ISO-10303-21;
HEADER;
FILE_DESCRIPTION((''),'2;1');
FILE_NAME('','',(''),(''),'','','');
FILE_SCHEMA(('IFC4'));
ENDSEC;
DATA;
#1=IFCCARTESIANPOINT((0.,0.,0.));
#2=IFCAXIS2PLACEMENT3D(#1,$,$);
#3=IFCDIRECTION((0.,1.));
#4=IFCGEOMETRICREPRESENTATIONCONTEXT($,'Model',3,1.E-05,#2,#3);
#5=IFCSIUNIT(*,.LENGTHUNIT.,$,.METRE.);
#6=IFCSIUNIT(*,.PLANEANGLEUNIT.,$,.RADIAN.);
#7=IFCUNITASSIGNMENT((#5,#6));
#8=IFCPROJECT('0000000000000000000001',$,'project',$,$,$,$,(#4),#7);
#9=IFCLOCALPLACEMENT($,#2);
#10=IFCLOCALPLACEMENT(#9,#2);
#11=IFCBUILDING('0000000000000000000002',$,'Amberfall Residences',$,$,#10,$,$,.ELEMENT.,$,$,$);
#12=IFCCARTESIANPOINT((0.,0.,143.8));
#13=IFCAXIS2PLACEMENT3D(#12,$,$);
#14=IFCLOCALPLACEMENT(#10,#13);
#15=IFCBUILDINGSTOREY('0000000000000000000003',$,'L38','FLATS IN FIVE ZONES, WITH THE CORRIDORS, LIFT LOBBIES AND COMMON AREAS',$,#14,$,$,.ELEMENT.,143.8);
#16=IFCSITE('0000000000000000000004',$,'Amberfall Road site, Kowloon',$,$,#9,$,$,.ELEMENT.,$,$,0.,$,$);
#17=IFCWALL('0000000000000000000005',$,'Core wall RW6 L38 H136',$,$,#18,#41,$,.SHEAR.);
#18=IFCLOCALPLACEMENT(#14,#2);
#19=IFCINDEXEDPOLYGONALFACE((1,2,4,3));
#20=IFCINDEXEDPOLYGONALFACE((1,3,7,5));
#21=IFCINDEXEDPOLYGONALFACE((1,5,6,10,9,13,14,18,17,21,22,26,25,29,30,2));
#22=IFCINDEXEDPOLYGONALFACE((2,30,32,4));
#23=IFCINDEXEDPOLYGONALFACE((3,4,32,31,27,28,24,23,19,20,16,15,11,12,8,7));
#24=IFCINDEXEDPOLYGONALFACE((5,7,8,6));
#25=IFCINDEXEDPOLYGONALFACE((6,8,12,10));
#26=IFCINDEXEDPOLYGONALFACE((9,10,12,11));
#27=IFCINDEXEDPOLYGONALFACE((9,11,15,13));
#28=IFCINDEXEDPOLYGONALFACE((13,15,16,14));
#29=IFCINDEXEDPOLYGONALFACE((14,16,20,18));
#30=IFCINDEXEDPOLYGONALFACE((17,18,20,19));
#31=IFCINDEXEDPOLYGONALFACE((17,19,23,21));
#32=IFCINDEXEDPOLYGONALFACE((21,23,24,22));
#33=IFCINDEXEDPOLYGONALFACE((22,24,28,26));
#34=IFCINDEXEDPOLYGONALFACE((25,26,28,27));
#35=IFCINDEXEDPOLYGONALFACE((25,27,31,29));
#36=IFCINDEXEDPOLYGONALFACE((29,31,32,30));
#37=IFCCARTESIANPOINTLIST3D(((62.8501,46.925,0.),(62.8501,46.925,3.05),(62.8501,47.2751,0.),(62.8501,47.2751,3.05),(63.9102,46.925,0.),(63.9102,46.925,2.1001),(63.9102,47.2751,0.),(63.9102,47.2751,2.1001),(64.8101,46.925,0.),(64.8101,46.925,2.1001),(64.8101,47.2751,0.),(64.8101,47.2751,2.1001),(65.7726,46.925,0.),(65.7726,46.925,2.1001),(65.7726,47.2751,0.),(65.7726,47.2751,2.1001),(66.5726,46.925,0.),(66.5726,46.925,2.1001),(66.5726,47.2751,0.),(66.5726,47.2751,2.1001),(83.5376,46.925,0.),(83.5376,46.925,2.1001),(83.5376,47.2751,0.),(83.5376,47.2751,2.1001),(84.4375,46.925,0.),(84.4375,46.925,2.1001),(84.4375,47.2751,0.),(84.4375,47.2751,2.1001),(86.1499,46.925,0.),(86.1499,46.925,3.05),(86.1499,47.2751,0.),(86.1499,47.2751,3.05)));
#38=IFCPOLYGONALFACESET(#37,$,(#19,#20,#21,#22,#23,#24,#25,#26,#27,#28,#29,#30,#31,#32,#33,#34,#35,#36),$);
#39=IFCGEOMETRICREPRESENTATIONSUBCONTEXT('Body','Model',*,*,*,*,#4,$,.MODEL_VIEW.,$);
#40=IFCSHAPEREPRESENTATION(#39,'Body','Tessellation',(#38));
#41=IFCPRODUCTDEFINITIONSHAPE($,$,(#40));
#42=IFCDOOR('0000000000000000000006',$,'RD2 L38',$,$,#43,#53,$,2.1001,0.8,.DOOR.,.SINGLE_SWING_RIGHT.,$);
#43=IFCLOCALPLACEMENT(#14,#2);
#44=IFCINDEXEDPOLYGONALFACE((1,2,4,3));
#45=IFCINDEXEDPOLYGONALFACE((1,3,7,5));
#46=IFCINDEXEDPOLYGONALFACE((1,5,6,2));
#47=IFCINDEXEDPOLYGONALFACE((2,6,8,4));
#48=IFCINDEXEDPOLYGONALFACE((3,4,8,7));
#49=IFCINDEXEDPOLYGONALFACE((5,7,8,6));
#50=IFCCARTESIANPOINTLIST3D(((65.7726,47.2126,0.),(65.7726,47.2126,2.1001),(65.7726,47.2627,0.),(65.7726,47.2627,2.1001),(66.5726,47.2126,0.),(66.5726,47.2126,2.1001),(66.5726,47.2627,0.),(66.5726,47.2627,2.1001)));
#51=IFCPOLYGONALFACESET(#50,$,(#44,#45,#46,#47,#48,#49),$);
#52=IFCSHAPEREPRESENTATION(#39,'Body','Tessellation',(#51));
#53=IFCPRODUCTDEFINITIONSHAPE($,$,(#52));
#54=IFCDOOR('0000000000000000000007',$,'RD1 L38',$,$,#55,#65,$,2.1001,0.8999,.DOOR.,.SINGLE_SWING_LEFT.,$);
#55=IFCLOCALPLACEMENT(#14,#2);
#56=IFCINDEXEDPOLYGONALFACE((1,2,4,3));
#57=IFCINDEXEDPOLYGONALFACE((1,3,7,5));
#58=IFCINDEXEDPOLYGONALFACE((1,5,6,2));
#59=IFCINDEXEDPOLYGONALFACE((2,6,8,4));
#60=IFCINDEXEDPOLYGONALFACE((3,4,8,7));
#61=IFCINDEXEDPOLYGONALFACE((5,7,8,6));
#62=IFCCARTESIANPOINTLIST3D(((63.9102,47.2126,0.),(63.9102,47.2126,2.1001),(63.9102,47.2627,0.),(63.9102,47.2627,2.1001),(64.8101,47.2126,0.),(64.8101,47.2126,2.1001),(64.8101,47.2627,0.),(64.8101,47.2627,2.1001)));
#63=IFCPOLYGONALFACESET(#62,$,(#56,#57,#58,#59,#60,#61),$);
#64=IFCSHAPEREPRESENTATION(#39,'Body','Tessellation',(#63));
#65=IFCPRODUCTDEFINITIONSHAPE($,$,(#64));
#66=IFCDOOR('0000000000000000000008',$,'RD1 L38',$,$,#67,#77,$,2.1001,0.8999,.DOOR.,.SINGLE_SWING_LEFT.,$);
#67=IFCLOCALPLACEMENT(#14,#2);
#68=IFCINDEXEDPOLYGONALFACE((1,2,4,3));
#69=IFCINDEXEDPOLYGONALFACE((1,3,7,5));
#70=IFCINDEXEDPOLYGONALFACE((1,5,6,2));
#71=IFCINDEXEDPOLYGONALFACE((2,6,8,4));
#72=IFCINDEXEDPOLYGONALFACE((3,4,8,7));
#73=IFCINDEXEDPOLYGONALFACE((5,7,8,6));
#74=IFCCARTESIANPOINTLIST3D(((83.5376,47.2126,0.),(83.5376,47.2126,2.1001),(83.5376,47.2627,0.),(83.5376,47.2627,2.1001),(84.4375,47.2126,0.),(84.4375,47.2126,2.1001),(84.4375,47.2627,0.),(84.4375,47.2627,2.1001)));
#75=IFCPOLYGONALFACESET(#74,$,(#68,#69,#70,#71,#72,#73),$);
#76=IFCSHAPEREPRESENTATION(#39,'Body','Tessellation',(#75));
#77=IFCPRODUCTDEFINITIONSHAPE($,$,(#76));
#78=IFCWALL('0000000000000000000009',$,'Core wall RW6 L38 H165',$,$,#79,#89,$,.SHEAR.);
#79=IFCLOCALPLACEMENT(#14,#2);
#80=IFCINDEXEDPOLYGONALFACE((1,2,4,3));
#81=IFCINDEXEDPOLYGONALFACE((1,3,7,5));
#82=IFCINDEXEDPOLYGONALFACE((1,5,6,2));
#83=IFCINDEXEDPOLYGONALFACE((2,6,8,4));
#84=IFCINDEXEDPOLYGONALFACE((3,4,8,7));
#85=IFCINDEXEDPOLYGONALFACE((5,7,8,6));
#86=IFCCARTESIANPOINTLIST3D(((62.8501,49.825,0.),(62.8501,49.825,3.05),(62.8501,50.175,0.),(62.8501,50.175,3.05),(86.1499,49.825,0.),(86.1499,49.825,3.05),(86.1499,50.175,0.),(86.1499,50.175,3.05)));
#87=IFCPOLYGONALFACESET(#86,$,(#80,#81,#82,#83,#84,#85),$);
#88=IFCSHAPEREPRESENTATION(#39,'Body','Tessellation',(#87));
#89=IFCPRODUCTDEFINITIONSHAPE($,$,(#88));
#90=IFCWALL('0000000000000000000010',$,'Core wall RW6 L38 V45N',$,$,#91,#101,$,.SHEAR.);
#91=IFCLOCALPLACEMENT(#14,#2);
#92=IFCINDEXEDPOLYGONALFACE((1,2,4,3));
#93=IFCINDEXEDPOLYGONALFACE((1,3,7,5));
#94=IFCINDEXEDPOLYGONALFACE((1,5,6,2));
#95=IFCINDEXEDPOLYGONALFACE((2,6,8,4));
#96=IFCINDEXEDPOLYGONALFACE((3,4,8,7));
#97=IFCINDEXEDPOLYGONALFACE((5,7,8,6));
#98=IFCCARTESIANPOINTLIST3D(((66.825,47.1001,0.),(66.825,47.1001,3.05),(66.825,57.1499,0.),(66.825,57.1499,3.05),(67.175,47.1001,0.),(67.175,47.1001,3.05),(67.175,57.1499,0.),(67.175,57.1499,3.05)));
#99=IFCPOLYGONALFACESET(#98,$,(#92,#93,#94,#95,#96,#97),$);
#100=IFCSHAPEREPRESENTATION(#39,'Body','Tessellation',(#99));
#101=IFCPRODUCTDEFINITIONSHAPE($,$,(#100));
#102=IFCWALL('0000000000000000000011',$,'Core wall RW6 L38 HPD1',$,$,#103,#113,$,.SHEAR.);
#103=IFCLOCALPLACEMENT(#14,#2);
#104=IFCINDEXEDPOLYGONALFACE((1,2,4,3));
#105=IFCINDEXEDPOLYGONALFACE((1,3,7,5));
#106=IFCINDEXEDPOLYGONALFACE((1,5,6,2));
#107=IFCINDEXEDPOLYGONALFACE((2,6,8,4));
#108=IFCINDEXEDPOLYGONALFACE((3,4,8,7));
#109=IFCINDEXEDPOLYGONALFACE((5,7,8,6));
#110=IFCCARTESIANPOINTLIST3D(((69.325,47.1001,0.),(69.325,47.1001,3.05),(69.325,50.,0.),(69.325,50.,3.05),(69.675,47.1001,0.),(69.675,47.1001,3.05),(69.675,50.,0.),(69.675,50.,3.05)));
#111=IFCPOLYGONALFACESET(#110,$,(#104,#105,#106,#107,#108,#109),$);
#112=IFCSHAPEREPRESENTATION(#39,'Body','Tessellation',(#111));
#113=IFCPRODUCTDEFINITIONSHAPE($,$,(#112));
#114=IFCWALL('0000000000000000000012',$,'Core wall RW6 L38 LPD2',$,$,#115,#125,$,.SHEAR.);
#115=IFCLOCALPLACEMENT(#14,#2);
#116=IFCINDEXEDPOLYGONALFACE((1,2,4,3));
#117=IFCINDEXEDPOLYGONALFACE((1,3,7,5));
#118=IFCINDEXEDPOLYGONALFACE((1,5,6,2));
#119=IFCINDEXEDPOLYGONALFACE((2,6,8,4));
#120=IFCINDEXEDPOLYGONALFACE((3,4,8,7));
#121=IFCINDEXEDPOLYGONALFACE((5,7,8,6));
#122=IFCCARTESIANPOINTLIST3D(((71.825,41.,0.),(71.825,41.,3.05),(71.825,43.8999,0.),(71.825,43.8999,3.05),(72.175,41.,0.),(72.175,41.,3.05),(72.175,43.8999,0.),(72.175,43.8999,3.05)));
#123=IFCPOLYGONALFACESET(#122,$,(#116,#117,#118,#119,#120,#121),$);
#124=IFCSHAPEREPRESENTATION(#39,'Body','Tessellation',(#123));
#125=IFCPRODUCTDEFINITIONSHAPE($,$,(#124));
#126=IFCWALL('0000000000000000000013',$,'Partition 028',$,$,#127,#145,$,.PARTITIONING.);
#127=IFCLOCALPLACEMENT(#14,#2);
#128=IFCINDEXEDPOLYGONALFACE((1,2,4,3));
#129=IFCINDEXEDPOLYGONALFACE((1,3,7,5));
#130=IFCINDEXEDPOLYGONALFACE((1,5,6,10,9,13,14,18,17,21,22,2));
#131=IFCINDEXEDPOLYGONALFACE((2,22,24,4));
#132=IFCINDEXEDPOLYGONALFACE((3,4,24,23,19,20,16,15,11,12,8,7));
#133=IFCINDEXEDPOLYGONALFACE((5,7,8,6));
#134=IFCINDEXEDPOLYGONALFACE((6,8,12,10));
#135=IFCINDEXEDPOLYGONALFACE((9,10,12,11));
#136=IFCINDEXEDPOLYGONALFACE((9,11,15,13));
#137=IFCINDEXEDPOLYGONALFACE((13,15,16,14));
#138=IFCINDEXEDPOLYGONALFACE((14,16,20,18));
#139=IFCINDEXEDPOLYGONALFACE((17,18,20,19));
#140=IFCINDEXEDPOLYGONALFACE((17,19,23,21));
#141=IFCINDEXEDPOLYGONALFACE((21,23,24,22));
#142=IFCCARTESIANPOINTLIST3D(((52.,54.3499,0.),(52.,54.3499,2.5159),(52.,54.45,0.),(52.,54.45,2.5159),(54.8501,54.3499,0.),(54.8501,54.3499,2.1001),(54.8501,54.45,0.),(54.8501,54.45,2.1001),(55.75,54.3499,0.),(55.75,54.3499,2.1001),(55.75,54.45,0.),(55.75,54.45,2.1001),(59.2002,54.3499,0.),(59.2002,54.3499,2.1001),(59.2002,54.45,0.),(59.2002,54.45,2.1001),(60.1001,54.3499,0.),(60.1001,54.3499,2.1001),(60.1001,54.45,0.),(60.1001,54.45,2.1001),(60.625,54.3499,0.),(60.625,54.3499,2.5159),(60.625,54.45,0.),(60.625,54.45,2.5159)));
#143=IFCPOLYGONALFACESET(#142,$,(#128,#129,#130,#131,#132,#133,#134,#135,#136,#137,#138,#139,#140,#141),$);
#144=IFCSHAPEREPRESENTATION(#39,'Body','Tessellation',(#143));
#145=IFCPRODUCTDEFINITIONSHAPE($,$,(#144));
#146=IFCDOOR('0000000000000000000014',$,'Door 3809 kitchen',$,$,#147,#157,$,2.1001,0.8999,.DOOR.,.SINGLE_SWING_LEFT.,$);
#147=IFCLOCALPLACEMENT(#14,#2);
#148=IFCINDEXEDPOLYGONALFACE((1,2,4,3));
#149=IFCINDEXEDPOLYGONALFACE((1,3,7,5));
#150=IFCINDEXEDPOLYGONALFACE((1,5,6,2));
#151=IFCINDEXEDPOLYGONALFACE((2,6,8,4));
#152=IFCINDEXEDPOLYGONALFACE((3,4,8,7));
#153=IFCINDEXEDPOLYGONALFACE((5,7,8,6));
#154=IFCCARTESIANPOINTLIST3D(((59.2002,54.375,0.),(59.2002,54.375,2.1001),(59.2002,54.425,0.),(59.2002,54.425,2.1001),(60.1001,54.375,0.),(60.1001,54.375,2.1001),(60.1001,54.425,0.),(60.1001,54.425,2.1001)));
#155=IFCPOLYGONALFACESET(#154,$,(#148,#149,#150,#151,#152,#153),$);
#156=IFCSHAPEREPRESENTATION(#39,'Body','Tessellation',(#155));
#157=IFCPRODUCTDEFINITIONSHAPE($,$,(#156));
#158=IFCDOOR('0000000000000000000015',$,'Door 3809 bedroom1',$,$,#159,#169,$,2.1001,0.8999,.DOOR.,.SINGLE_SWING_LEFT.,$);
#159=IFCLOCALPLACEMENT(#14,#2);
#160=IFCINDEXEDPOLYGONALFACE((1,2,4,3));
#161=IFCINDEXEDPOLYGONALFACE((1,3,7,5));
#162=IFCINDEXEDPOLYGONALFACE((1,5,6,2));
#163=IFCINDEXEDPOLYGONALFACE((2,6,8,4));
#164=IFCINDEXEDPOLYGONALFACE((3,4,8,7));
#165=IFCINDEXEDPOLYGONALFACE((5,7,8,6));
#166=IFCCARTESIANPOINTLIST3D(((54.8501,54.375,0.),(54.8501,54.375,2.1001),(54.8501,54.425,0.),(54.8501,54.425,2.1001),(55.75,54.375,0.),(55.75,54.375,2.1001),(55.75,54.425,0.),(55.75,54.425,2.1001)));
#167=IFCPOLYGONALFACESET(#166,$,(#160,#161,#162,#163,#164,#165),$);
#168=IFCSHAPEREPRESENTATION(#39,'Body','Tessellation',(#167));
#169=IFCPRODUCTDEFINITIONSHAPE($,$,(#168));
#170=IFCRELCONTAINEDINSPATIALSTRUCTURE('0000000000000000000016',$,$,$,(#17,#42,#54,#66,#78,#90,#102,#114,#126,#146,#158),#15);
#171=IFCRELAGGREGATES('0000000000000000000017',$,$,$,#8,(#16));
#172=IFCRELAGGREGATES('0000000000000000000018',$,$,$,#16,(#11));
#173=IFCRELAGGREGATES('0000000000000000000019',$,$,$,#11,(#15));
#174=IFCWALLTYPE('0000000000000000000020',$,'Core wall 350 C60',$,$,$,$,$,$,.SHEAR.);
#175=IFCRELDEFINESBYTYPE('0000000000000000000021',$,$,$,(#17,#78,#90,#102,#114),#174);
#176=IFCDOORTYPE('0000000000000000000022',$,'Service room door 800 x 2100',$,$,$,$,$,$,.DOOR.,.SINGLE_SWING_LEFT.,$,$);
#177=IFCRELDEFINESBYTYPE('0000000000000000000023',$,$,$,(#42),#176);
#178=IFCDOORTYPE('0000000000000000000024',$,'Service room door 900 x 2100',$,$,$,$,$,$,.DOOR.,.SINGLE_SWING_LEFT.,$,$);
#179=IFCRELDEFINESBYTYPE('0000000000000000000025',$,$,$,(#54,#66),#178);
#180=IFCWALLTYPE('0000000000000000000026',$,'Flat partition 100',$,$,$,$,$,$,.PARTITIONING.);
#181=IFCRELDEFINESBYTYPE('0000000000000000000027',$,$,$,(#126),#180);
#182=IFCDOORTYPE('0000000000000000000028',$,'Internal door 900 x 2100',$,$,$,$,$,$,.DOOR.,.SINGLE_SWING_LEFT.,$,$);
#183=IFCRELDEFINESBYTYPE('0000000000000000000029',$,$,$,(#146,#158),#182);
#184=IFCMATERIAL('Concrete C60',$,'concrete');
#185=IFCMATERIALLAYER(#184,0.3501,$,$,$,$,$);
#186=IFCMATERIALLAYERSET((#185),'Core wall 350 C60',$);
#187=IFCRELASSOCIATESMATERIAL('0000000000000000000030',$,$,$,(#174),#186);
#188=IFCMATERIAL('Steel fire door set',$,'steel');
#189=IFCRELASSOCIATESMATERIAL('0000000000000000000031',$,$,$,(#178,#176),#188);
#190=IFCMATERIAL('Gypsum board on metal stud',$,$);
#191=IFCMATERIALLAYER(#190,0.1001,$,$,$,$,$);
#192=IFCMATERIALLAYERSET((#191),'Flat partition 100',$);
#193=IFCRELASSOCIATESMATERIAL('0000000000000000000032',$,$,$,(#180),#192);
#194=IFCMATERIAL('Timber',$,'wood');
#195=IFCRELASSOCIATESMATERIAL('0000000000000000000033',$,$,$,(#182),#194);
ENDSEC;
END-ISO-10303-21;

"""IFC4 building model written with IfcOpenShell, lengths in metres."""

from ifc_helpers import new_model, si_unit, direction, frame, frame_2d, origin, place, context, subcontext, project, spatial, rectangle, extrude, material, layer, layer_set, type_object, element, fill, save


model = new_model("IFC4")

# Units and contexts
model_context = context("Model", 3, precision=1e-05, world=origin(), true_north=direction((0.0, 1.0)))
body_context = subcontext(model_context, "Body", "Model", "MODEL_VIEW")
ifc_project = project(units=[si_unit("LENGTHUNIT", "METRE"), si_unit("PLANEANGLEUNIT", "RADIAN")], contexts=[model_context])

# Site, building, storey
site_placement = place(None, origin())
site = spatial("IfcSite", under=ifc_project, at=site_placement, Name="Amberfall Road site, Kowloon", CompositionType="ELEMENT", RefElevation=0.0)
building_placement = place(site_placement, origin())
building = spatial("IfcBuilding", under=site, at=building_placement, Name="Amberfall Residences", CompositionType="ELEMENT")
storey_placement = place(building_placement, frame((0.0, 0.0, 143.8)))
storey = spatial("IfcBuildingStorey", under=building, at=storey_placement, Name="L38", Description="FLATS IN FIVE ZONES, WITH THE CORRIDORS, LIFT LOBBIES AND COMMON AREAS", CompositionType="ELEMENT", Elevation=143.8)

# Wall, openings, doors
ifc_material_1 = material(Name="Concrete C60", Category="concrete")
ifc_layer_1 = layer(ifc_material_1, 0.3501)
ifc_layer_set_1 = layer_set([ifc_layer_1], Name="Core wall 350 C60")
wall_type_1 = type_object("IfcWallType", Name="Core wall 350 C60", PredefinedType="SHEAR", material=ifc_layer_set_1)
ifc_material_2 = material(Name="Steel fire door set", Category="steel")
door_type_1 = type_object("IfcDoorType", Name="Service room door 900 x 2100", OperationType="SINGLE_SWING_LEFT", PredefinedType="DOOR", material=ifc_material_2)
wall_1_placement = place(storey_placement, frame((62.8501, 47.1001, 0.0), z_axis=(0.0, 0.0, 1.0), x_axis=(1.0, 0.0, 0.0)))
wall_1 = element("IfcWall", 1, at=wall_1_placement, inside=storey, type_object=wall_type_1, Name="Core wall RW6 L38 H136", PredefinedType="SHEAR", context=body_context, shape_type="SweptSolid", body=[
    extrude(rectangle(XDim=23.2998, YDim=0.3501, at=frame_2d((11.6499, 0.0))), origin(), (0.0, 0.0, 1.0), 3.05),
])
opening_1_placement = place(wall_1_placement, frame((1.0601, 0.0, 0.0)))
opening_1 = element("IfcOpeningElement", 2, at=opening_1_placement, cuts=wall_1, PredefinedType="OPENING", context=body_context, shape_type="SweptSolid", body=[
    extrude(rectangle(XDim=0.8999, YDim=2.1001, at=frame_2d((0.45, 1.05))), frame((0.0, 0.1851, 0.0), z_axis=(0.0, -1.0, 0.0), x_axis=(1.0, 0.0, 0.0)), (0.0, 0.0, 1.0), 0.3701),
])
opening_2_placement = place(wall_1_placement, frame((2.9226, 0.0, 0.0)))
opening_2 = element("IfcOpeningElement", 3, at=opening_2_placement, cuts=wall_1, PredefinedType="OPENING", context=body_context, shape_type="SweptSolid", body=[
    extrude(rectangle(XDim=0.8, YDim=2.1001, at=frame_2d((0.3999, 1.05))), frame((0.0, 0.1851, 0.0), z_axis=(0.0, -1.0, 0.0), x_axis=(1.0, 0.0, 0.0)), (0.0, 0.0, 1.0), 0.3701),
])
opening_3_placement = place(wall_1_placement, frame((20.6875, 0.0, 0.0)))
opening_3 = element("IfcOpeningElement", 4, at=opening_3_placement, cuts=wall_1, PredefinedType="OPENING", context=body_context, shape_type="SweptSolid", body=[
    extrude(rectangle(XDim=0.8999, YDim=2.1001, at=frame_2d((0.45, 1.05))), frame((0.0, 0.1851, 0.0), z_axis=(0.0, -1.0, 0.0), x_axis=(1.0, 0.0, 0.0)), (0.0, 0.0, 1.0), 0.3701),
])
door_type_2 = type_object("IfcDoorType", Name="Service room door 800 x 2100", OperationType="SINGLE_SWING_LEFT", PredefinedType="DOOR", material=ifc_material_2)
door_1_placement = place(opening_2_placement, origin())
door_1 = element("IfcDoor", 5, at=door_1_placement, inside=storey, type_object=door_type_2, Name="RD2 L38", OperationType="SINGLE_SWING_RIGHT", OverallHeight=2.1001, OverallWidth=0.8, PredefinedType="DOOR", context=body_context, shape_type="SweptSolid", body=[
    extrude(rectangle(XDim=0.8, YDim=2.1001, at=frame_2d((0.3999, 1.05))), frame((0.0, 0.1626, 0.0), z_axis=(0.0, -1.0, 0.0), x_axis=(1.0, 0.0, 0.0)), (0.0, 0.0, 1.0), 0.05),
])
fill(opening_2, door_1)
door_2_placement = place(opening_1_placement, origin())
door_2 = element("IfcDoor", 6, at=door_2_placement, inside=storey, type_object=door_type_1, Name="RD1 L38", OperationType="SINGLE_SWING_LEFT", OverallHeight=2.1001, OverallWidth=0.8999, PredefinedType="DOOR", context=body_context, shape_type="SweptSolid", body=[
    extrude(rectangle(XDim=0.8999, YDim=2.1001, at=frame_2d((0.45, 1.05))), frame((0.0, 0.1626, 0.0), z_axis=(0.0, -1.0, 0.0), x_axis=(1.0, 0.0, 0.0)), (0.0, 0.0, 1.0), 0.05),
])
fill(opening_1, door_2)
door_3_placement = place(opening_3_placement, origin())
door_3 = element("IfcDoor", 7, at=door_3_placement, inside=storey, type_object=door_type_1, Name="RD1 L38", OperationType="SINGLE_SWING_LEFT", OverallHeight=2.1001, OverallWidth=0.8999, PredefinedType="DOOR", context=body_context, shape_type="SweptSolid", body=[
    extrude(rectangle(XDim=0.8999, YDim=2.1001, at=frame_2d((0.45, 1.05))), frame((0.0, 0.1626, 0.0), z_axis=(0.0, -1.0, 0.0), x_axis=(1.0, 0.0, 0.0)), (0.0, 0.0, 1.0), 0.05),
])
fill(opening_3, door_3)

# Walls
wall_2_placement = place(storey_placement, frame((62.8501, 50.0, 0.0), z_axis=(0.0, 0.0, 1.0), x_axis=(1.0, 0.0, 0.0)))
element("IfcWall", 8, at=wall_2_placement, inside=storey, type_object=wall_type_1, Name="Core wall RW6 L38 H165", PredefinedType="SHEAR", context=body_context, shape_type="SweptSolid", body=[
    extrude(rectangle(XDim=23.2998, YDim=0.3501, at=frame_2d((11.6499, 0.0))), origin(), (0.0, 0.0, 1.0), 3.05),
])
wall_3_placement = place(storey_placement, frame((67.0, 47.1001, 0.0), z_axis=(0.0, 0.0, 1.0), x_axis=(0.0, 1.0, 0.0)))
element("IfcWall", 9, at=wall_3_placement, inside=storey, type_object=wall_type_1, Name="Core wall RW6 L38 V45N", PredefinedType="SHEAR", context=body_context, shape_type="SweptSolid", body=[
    extrude(rectangle(XDim=10.0498, YDim=0.3501, at=frame_2d((5.0249, 0.0))), origin(), (0.0, 0.0, 1.0), 3.05),
])
for number, where, z_axis, x_axis, name in (
    (10, (69.5, 47.1001, 0.0), (0.0, 0.0, 1.0), (0.0, 1.0, 0.0), "Core wall RW6 L38 HPD1"),
    (11, (72.0, 41.0, 0.0), (0.0, 0.0, 1.0), (0.0, 1.0, 0.0), "Core wall RW6 L38 LPD2"),
):
    element("IfcWall", number, at=place(storey_placement, frame(where, z_axis=z_axis, x_axis=x_axis)), inside=storey, type_object=wall_type_1, Name=name, PredefinedType="SHEAR", context=body_context, shape_type="SweptSolid", body=[
        extrude(rectangle(XDim=2.8999, YDim=0.3501, at=frame_2d((1.45, 0.0))), origin(), (0.0, 0.0, 1.0), 3.05),
    ])

# Wall, openings, doors
ifc_material_3 = material(Name="Gypsum board on metal stud")
ifc_layer_2 = layer(ifc_material_3, 0.1001)
ifc_layer_set_2 = layer_set([ifc_layer_2], Name="Flat partition 100")
wall_type_2 = type_object("IfcWallType", Name="Flat partition 100", PredefinedType="PARTITIONING", material=ifc_layer_set_2)
wall_4_placement = place(storey_placement, frame((60.625, 54.3999, 0.0), z_axis=(0.0, 0.0, 1.0), x_axis=(-1.0, 0.0, 0.0)))
wall_4 = element("IfcWall", 12, at=wall_4_placement, inside=storey, type_object=wall_type_2, Name="Partition 028", PredefinedType="PARTITIONING", context=body_context, shape_type="SweptSolid", body=[
    extrude(rectangle(XDim=8.625, YDim=0.1001, at=frame_2d((4.3125, 0.0))), origin(), (0.0, 0.0, 1.0), 2.5159),
])
opening_4_placement = place(wall_4_placement, frame((0.5249, 0.0, 0.0)))
opening_4 = element("IfcOpeningElement", 13, at=opening_4_placement, cuts=wall_4, PredefinedType="OPENING", context=body_context, shape_type="SweptSolid", body=[
    extrude(rectangle(XDim=0.8999, YDim=2.1001, at=frame_2d((0.45, 1.05))), frame((0.0, 0.0601, 0.0), z_axis=(0.0, -1.0, 0.0), x_axis=(1.0, 0.0, 0.0)), (0.0, 0.0, 1.0), 0.1201),
])
opening_5_placement = place(wall_4_placement, frame((4.875, 0.0, 0.0)))
opening_5 = element("IfcOpeningElement", 14, at=opening_5_placement, cuts=wall_4, PredefinedType="OPENING", context=body_context, shape_type="SweptSolid", body=[
    extrude(rectangle(XDim=0.8999, YDim=2.1001, at=frame_2d((0.45, 1.05))), frame((0.0, 0.0601, 0.0), z_axis=(0.0, -1.0, 0.0), x_axis=(1.0, 0.0, 0.0)), (0.0, 0.0, 1.0), 0.1201),
])
ifc_material_4 = material(Name="Timber", Category="wood")
door_type_3 = type_object("IfcDoorType", Name="Internal door 900 x 2100", OperationType="SINGLE_SWING_LEFT", PredefinedType="DOOR", material=ifc_material_4)
door_4_placement = place(opening_4_placement, origin())
door_4 = element("IfcDoor", 15, at=door_4_placement, inside=storey, type_object=door_type_3, Name="Door 3809 kitchen", OperationType="SINGLE_SWING_LEFT", OverallHeight=2.1001, OverallWidth=0.8999, PredefinedType="DOOR", context=body_context, shape_type="SweptSolid", body=[
    extrude(rectangle(XDim=0.8999, YDim=2.1001, at=frame_2d((0.45, 1.05))), frame((0.0, 0.0249, 0.0), z_axis=(0.0, -1.0, 0.0), x_axis=(1.0, 0.0, 0.0)), (0.0, 0.0, 1.0), 0.05),
])
fill(opening_4, door_4)
door_5_placement = place(opening_5_placement, origin())
door_5 = element("IfcDoor", 16, at=door_5_placement, inside=storey, type_object=door_type_3, Name="Door 3809 bedroom1", OperationType="SINGLE_SWING_LEFT", OverallHeight=2.1001, OverallWidth=0.8999, PredefinedType="DOOR", context=body_context, shape_type="SweptSolid", body=[
    extrude(rectangle(XDim=0.8999, YDim=2.1001, at=frame_2d((0.45, 1.05))), frame((0.0, 0.0249, 0.0), z_axis=(0.0, -1.0, 0.0), x_axis=(1.0, 0.0, 0.0)), (0.0, 0.0, 1.0), 0.05),
])
fill(opening_5, door_5)

save(model, "model.ifc")
